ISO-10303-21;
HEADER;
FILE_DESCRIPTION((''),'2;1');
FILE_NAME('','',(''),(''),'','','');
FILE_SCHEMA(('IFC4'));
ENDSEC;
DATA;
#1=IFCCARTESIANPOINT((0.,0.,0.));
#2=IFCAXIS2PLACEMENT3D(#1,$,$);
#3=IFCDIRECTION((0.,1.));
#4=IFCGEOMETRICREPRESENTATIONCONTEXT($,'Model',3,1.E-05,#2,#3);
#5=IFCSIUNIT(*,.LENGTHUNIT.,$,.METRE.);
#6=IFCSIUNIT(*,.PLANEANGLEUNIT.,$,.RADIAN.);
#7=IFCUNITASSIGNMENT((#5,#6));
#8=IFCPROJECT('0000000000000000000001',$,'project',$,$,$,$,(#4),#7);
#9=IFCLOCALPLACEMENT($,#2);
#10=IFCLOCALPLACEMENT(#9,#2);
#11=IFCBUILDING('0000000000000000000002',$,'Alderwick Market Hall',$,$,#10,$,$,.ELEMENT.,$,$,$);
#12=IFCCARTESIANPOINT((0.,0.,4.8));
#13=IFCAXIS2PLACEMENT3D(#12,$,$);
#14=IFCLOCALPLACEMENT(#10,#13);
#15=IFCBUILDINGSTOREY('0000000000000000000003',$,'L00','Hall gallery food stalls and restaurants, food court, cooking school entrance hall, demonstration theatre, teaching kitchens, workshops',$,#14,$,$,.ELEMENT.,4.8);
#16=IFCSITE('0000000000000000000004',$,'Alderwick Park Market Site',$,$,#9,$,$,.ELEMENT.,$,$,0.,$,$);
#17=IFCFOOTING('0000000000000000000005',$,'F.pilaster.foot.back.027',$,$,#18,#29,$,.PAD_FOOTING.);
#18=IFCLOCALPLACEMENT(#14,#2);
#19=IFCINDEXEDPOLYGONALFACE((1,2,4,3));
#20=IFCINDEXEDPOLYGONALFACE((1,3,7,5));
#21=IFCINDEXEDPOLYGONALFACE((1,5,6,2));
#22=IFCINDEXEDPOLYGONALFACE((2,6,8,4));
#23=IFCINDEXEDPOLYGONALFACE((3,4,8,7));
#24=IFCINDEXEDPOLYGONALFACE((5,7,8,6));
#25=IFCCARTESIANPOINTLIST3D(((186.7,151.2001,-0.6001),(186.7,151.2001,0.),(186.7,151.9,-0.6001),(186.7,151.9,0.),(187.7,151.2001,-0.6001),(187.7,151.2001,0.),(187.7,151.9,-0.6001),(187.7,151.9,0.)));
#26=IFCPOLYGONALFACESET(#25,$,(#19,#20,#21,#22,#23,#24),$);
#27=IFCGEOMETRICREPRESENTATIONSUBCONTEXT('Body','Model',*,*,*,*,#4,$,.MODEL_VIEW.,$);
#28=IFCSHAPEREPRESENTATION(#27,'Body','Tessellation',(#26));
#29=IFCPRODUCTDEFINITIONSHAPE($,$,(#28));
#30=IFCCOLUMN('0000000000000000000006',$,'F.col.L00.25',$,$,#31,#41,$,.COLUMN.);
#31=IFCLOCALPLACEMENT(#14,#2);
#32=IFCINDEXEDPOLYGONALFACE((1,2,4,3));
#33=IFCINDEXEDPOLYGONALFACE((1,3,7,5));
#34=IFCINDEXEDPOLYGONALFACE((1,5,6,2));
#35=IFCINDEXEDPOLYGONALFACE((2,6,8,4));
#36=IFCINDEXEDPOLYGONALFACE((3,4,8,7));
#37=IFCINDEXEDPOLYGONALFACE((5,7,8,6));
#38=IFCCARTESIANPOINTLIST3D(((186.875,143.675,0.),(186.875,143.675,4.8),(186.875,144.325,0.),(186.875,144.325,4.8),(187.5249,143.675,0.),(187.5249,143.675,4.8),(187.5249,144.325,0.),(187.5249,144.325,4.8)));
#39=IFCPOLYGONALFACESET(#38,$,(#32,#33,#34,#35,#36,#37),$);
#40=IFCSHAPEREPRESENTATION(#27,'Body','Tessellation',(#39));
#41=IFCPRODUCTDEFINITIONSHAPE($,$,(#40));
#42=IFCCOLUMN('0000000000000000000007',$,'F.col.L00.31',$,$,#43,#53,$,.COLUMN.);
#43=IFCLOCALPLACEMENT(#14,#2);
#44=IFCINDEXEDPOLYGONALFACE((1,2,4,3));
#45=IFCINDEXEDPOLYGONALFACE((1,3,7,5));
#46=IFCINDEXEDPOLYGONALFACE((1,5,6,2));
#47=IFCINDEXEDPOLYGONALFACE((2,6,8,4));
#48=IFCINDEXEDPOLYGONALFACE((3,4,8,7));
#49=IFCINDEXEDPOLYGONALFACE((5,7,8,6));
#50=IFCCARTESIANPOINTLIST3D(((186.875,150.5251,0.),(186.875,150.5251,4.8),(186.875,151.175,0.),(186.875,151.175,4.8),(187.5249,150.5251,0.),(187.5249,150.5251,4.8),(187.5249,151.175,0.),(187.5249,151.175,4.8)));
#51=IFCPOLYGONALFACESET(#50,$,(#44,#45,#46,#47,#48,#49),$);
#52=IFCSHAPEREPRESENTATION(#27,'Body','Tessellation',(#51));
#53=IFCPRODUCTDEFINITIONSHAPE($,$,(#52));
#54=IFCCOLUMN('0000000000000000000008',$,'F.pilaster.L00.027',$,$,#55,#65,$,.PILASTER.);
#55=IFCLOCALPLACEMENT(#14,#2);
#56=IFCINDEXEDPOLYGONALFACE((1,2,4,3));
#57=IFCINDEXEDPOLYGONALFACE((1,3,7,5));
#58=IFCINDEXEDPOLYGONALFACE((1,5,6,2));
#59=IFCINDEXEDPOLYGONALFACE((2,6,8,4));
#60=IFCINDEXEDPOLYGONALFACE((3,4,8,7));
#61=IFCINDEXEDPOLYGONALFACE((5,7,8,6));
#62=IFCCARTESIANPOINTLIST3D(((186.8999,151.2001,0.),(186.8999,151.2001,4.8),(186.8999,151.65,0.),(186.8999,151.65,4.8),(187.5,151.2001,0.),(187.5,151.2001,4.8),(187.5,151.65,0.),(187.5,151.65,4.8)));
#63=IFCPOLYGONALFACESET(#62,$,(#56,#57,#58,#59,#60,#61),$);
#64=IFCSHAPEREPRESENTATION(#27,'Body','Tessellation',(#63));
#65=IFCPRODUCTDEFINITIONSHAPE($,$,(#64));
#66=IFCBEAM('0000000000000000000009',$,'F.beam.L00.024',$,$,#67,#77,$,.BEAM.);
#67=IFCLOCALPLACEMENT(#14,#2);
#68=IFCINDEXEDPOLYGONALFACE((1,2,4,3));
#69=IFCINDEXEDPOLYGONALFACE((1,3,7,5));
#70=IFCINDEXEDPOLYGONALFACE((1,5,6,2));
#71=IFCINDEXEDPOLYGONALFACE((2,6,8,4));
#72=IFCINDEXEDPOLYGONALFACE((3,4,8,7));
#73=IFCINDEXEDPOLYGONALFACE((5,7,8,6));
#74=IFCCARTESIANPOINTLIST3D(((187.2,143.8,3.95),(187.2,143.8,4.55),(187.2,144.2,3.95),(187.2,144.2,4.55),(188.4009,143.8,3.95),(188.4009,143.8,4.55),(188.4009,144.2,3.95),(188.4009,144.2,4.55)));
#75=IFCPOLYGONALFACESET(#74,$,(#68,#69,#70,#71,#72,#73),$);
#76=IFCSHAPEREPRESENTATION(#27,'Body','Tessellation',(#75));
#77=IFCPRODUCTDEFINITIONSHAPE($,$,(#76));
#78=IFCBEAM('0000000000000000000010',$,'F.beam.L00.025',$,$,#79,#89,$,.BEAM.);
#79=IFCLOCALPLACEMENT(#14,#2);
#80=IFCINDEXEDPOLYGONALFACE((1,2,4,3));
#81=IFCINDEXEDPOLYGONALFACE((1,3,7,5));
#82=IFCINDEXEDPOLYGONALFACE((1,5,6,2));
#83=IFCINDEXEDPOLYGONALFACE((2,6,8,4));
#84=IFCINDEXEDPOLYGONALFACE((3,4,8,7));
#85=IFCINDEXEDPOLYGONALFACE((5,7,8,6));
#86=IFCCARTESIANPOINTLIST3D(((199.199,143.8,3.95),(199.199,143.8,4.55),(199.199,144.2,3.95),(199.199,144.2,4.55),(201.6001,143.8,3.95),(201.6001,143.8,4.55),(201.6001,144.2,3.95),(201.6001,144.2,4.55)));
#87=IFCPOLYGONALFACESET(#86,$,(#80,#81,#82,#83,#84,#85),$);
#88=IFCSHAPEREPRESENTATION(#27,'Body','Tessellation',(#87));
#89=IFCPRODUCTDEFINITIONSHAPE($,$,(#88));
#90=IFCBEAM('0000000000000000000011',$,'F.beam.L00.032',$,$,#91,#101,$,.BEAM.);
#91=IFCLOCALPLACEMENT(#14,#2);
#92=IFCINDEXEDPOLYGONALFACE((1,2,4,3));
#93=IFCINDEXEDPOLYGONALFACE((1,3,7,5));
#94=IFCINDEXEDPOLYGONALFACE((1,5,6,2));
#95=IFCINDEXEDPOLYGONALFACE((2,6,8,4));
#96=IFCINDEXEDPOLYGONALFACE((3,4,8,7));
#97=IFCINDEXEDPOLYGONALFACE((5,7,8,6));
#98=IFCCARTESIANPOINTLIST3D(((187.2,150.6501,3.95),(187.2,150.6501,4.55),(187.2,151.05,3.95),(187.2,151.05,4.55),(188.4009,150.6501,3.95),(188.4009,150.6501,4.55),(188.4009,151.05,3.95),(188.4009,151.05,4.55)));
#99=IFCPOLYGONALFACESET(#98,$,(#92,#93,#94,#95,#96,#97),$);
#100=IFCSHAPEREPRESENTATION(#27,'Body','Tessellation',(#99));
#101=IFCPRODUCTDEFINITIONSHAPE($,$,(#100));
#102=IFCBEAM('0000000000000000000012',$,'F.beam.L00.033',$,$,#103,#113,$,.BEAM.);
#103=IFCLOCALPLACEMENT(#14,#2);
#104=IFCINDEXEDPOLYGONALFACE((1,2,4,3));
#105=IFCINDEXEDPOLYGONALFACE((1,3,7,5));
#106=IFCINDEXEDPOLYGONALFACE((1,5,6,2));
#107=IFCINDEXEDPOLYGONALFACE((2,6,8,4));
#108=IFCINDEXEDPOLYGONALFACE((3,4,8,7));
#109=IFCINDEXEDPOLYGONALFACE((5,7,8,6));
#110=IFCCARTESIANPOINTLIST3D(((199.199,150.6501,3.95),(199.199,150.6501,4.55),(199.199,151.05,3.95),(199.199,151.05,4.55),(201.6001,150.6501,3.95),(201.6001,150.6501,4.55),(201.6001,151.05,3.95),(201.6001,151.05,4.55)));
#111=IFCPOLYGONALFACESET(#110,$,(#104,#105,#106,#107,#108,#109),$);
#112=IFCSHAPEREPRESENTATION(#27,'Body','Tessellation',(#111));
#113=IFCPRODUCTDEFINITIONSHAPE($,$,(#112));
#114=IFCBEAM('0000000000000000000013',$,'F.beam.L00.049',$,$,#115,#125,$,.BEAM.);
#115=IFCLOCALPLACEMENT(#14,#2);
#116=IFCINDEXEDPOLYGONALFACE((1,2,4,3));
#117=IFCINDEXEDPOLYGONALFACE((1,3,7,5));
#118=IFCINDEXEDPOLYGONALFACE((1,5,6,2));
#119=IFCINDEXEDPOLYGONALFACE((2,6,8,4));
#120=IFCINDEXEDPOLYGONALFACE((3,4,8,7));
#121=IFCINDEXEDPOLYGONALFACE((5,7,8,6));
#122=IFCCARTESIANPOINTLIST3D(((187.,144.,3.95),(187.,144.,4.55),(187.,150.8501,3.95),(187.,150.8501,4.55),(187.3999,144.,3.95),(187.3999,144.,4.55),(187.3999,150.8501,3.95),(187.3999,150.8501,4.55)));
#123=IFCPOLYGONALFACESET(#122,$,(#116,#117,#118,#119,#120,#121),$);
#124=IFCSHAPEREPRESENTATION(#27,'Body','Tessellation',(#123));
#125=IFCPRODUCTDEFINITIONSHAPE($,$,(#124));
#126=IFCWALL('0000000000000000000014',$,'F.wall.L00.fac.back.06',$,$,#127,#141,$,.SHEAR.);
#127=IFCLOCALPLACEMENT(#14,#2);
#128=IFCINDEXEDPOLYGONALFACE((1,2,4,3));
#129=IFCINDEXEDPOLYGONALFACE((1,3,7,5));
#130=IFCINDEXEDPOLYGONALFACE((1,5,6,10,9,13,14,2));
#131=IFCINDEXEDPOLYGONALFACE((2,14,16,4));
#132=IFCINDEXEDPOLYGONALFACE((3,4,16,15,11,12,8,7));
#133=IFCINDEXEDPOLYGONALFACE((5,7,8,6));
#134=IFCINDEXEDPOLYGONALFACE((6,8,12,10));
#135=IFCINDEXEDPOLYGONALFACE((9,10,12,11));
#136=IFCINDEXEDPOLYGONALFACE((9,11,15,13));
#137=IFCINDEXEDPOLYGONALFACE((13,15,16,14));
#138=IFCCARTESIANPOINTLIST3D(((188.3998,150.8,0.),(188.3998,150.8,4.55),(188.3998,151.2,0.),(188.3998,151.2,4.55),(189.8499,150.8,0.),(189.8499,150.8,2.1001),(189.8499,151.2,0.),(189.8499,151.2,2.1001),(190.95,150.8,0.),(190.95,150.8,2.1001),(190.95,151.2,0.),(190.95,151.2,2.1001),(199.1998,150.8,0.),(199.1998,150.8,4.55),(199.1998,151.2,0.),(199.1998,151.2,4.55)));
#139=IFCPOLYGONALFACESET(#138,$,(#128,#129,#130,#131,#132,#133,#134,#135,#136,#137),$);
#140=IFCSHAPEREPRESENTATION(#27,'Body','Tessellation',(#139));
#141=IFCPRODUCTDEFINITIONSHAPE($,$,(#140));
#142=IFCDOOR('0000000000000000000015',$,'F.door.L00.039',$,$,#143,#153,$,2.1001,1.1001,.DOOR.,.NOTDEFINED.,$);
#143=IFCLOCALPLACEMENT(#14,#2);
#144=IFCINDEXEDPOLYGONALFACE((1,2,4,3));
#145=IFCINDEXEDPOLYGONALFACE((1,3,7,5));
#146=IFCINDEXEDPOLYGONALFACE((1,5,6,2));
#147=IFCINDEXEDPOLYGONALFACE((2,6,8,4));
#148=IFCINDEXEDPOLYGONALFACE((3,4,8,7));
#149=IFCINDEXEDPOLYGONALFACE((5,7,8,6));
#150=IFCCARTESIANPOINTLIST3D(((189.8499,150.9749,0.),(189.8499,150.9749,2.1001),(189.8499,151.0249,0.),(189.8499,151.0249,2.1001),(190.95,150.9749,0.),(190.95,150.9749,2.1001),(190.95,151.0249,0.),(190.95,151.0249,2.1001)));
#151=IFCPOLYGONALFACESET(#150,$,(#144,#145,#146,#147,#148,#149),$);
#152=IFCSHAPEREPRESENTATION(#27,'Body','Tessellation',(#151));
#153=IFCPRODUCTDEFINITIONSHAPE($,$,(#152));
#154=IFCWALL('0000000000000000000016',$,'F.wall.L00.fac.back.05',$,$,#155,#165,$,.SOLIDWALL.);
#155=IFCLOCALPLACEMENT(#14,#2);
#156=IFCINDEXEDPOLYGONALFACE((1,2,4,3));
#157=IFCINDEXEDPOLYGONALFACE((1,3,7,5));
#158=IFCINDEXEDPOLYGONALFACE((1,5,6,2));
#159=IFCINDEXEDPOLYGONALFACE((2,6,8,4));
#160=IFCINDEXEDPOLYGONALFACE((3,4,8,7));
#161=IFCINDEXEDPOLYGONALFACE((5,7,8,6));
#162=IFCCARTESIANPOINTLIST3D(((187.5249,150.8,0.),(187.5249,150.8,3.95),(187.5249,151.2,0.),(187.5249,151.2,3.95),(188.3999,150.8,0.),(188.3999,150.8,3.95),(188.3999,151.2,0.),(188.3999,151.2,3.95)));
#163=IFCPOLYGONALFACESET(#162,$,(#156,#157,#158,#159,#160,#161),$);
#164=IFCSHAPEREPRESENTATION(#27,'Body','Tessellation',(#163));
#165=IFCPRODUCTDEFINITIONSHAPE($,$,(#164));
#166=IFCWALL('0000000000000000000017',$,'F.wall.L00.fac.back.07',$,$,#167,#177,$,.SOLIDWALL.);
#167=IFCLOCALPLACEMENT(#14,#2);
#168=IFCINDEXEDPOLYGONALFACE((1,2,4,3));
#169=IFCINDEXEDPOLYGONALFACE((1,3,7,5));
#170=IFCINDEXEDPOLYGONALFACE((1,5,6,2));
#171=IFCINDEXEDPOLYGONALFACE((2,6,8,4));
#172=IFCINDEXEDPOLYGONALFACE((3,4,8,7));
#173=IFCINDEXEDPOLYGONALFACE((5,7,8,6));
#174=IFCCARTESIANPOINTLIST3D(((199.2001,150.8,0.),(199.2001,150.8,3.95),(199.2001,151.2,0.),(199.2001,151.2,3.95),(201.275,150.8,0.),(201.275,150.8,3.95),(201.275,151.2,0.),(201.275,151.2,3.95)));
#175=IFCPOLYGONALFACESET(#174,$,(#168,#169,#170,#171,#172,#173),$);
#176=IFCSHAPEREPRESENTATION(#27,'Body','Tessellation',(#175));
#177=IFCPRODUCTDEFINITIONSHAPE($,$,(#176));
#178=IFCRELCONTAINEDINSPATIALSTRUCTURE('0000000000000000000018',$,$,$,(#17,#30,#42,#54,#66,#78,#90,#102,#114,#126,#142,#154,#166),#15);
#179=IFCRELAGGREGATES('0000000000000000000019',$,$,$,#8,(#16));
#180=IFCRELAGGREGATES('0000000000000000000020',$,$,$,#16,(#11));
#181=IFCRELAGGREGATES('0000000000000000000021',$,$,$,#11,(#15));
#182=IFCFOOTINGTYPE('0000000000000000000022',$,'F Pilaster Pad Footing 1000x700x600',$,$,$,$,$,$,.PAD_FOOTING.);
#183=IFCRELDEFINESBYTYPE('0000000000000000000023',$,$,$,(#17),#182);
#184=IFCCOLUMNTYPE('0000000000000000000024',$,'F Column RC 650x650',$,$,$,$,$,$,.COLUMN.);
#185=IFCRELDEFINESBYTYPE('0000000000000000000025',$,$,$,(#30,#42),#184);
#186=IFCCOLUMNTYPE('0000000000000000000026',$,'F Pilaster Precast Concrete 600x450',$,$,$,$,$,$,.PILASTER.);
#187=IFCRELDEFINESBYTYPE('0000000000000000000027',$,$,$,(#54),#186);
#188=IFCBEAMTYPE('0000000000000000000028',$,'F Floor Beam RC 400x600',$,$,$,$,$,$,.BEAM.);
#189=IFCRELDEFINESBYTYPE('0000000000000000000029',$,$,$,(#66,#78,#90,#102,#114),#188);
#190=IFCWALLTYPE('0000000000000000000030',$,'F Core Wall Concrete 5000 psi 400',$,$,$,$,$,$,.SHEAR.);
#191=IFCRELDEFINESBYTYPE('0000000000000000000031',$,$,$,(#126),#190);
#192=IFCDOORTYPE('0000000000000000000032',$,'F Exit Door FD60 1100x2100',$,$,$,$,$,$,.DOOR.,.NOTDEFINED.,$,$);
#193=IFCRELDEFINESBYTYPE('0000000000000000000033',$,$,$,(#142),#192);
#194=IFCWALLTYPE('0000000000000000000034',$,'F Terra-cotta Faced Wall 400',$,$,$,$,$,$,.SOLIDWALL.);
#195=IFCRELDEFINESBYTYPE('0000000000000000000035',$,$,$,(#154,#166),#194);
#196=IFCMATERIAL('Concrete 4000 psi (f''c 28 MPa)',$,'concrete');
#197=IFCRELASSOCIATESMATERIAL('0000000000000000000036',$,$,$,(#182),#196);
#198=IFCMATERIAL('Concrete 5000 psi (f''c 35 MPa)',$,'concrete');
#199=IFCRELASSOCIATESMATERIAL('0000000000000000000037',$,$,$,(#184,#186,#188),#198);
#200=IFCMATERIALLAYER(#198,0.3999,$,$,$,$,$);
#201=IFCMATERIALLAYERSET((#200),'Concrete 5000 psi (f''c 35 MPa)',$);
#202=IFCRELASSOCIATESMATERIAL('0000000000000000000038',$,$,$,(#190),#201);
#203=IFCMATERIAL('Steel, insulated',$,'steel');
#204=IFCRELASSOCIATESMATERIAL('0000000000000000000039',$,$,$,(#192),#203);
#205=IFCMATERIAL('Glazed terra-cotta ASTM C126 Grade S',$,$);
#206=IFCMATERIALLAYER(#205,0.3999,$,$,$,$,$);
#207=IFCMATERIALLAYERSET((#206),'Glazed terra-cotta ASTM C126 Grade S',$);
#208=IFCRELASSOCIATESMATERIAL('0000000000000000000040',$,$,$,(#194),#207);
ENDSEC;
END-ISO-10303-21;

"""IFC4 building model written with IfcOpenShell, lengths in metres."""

from ifc_helpers import new_model, si_unit, direction, frame, frame_2d, origin, origin_2d, place, context, subcontext, project, spatial, rectangle, extrude, material, layer, layer_set, material_profile, profile_set, type_object, element, fill, save


model = new_model("IFC4")

# Units and contexts
model_context = context("Model", 3, precision=1e-05, world=origin(), true_north=direction((0.0, 1.0)))
body_context = subcontext(model_context, "Body", "Model", "MODEL_VIEW")
ifc_project = project(units=[si_unit("LENGTHUNIT", "METRE"), si_unit("PLANEANGLEUNIT", "RADIAN")], contexts=[model_context])

# Site, building, storey
site_placement = place(None, origin())
site = spatial("IfcSite", under=ifc_project, at=site_placement, Name="Alderwick Park Market Site", CompositionType="ELEMENT", RefElevation=0.0)
building_placement = place(site_placement, origin())
building = spatial("IfcBuilding", under=site, at=building_placement, Name="Alderwick Market Hall", CompositionType="ELEMENT")
storey_placement = place(building_placement, frame((0.0, 0.0, 4.8)))
storey = spatial("IfcBuildingStorey", under=building, at=storey_placement, Name="L00", Description="Hall gallery food stalls and restaurants, food court, cooking school entrance hall, demonstration theatre, teaching kitchens, workshops", CompositionType="ELEMENT", Elevation=4.8)

# Footing
ifc_material_1 = material(Name="Concrete 4000 psi (f'c 28 MPa)", Category="concrete")
footing_type = type_object("IfcFootingType", Name="F Pilaster Pad Footing 1000x700x600", PredefinedType="PAD_FOOTING", material=ifc_material_1)
footing_placement = place(storey_placement, frame((187.2, 151.55, -0.6001), z_axis=(0.0, 0.0, 1.0), x_axis=(1.0, 0.0, 0.0)))
element("IfcFooting", 1, at=footing_placement, inside=storey, type_object=footing_type, Name="F.pilaster.foot.back.027", PredefinedType="PAD_FOOTING", context=body_context, shape_type="SweptSolid", body=[
    extrude(rectangle(XDim=1.0, YDim=0.7, at=origin_2d()), origin(), (0.0, 0.0, 1.0), 0.6001),
])

# Columns
ifc_material_2 = material(Name="Concrete 5000 psi (f'c 35 MPa)", Category="concrete")
ifc_material_profile_1 = material_profile(ifc_material_2, rectangle(XDim=0.6499, YDim=0.6499, at=origin_2d()), Name="RC 650x650")
ifc_profile_set_1 = profile_set([ifc_material_profile_1], Name="Concrete 5000 psi (f'c 35 MPa)")
column_type_1 = type_object("IfcColumnType", Name="F Column RC 650x650", PredefinedType="COLUMN", material=ifc_profile_set_1)
for number, where, z_axis, x_axis, name in (
    (2, (187.2, 144.0, 0.0), (0.0, 0.0, 1.0), (1.0, 0.0, 0.0), "F.col.L00.25"),
    (3, (187.2, 150.8501, 0.0), (0.0, 0.0, 1.0), (1.0, 0.0, 0.0), "F.col.L00.31"),
):
    element("IfcColumn", number, at=place(storey_placement, frame(where, z_axis=z_axis, x_axis=x_axis)), inside=storey, type_object=column_type_1, Name=name, PredefinedType="COLUMN", context=body_context, shape_type="SweptSolid", body=[
        extrude(rectangle(XDim=0.6499, YDim=0.6499, at=origin_2d()), origin(), (0.0, 0.0, 1.0), 4.8),
    ])
ifc_material_profile_2 = material_profile(ifc_material_2, rectangle(XDim=0.6001, YDim=0.45, at=origin_2d()), Name="PC 600x450")
ifc_profile_set_2 = profile_set([ifc_material_profile_2], Name="Concrete 5000 psi (f'c 35 MPa)")
column_type_2 = type_object("IfcColumnType", Name="F Pilaster Precast Concrete 600x450", PredefinedType="PILASTER", material=ifc_profile_set_2)
column_placement = place(storey_placement, frame((187.2, 151.425, 0.0), z_axis=(0.0, 0.0, 1.0), x_axis=(1.0, 0.0, 0.0)))
element("IfcColumn", 4, at=column_placement, inside=storey, type_object=column_type_2, Name="F.pilaster.L00.027", PredefinedType="PILASTER", context=body_context, shape_type="SweptSolid", body=[
    extrude(rectangle(XDim=0.6001, YDim=0.45, at=origin_2d()), origin(), (0.0, 0.0, 1.0), 4.8),
])

# Beams
ifc_material_profile_3 = material_profile(ifc_material_2, rectangle(XDim=0.3999, YDim=0.6001, at=origin_2d()), Name="RC 400x600")
ifc_profile_set_3 = profile_set([ifc_material_profile_3], Name="Concrete 5000 psi (f'c 35 MPa)")
beam_type = type_object("IfcBeamType", Name="F Floor Beam RC 400x600", PredefinedType="BEAM", material=ifc_profile_set_3)
beam_1_placement = place(storey_placement, frame((187.2, 144.0, 4.25), z_axis=(1.0, 0.0, 0.0), x_axis=(0.0, 1.0, 0.0)))
element("IfcBeam", 5, at=beam_1_placement, inside=storey, type_object=beam_type, Name="F.beam.L00.024", PredefinedType="BEAM", context=body_context, shape_type="SweptSolid", body=[
    extrude(rectangle(XDim=0.3999, YDim=0.6001, at=origin_2d()), origin(), (0.0, 0.0, 1.0), 1.2009),
])
beam_2_placement = place(storey_placement, frame((199.199, 144.0, 4.25), z_axis=(1.0, 0.0, 0.0), x_axis=(0.0, 1.0, 0.0)))
element("IfcBeam", 6, at=beam_2_placement, inside=storey, type_object=beam_type, Name="F.beam.L00.025", PredefinedType="BEAM", context=body_context, shape_type="SweptSolid", body=[
    extrude(rectangle(XDim=0.3999, YDim=0.6001, at=origin_2d()), origin(), (0.0, 0.0, 1.0), 2.4011),
])
beam_3_placement = place(storey_placement, frame((187.2, 150.8501, 4.25), z_axis=(1.0, 0.0, 0.0), x_axis=(0.0, 1.0, 0.0)))
element("IfcBeam", 7, at=beam_3_placement, inside=storey, type_object=beam_type, Name="F.beam.L00.032", PredefinedType="BEAM", context=body_context, shape_type="SweptSolid", body=[
    extrude(rectangle(XDim=0.3999, YDim=0.6001, at=origin_2d()), origin(), (0.0, 0.0, 1.0), 1.2009),
])
beam_4_placement = place(storey_placement, frame((199.199, 150.8501, 4.25), z_axis=(1.0, 0.0, 0.0), x_axis=(0.0, 1.0, 0.0)))
element("IfcBeam", 8, at=beam_4_placement, inside=storey, type_object=beam_type, Name="F.beam.L00.033", PredefinedType="BEAM", context=body_context, shape_type="SweptSolid", body=[
    extrude(rectangle(XDim=0.3999, YDim=0.6001, at=origin_2d()), origin(), (0.0, 0.0, 1.0), 2.4011),
])
beam_5_placement = place(storey_placement, frame((187.2, 144.0, 4.25), z_axis=(0.0, 1.0, 0.0), x_axis=(-1.0, 0.0, 0.0)))
element("IfcBeam", 9, at=beam_5_placement, inside=storey, type_object=beam_type, Name="F.beam.L00.049", PredefinedType="BEAM", context=body_context, shape_type="SweptSolid", body=[
    extrude(rectangle(XDim=0.3999, YDim=0.6001, at=origin_2d()), origin(), (0.0, 0.0, 1.0), 6.8501),
])

# Wall, opening, door
ifc_layer_1 = layer(ifc_material_2, 0.3999)
ifc_layer_set_1 = layer_set([ifc_layer_1], Name="Concrete 5000 psi (f'c 35 MPa)")
wall_type_1 = type_object("IfcWallType", Name="F Core Wall Concrete 5000 psi 400", PredefinedType="SHEAR", material=ifc_layer_set_1)
wall_1_placement = place(storey_placement, frame((188.3999, 151.0, 0.0), z_axis=(0.0, 0.0, 1.0), x_axis=(1.0, 0.0, 0.0)))
wall_1 = element("IfcWall", 10, at=wall_1_placement, inside=storey, type_object=wall_type_1, Name="F.wall.L00.fac.back.06", PredefinedType="SHEAR", context=body_context, shape_type="SweptSolid", body=[
    extrude(rectangle(XDim=10.8, YDim=0.3999, at=frame_2d((5.3999, 0.0))), origin(), (0.0, 0.0, 1.0), 4.55),
])
opening_placement = place(wall_1_placement, frame((1.45, 0.0, 0.0)))
opening = element("IfcOpeningElement", 11, at=opening_placement, cuts=wall_1, PredefinedType="OPENING", context=body_context, shape_type="SweptSolid", body=[
    extrude(rectangle(XDim=1.1001, YDim=2.1001, at=frame_2d((0.55, 1.05))), frame((0.0, 0.21, 0.0), z_axis=(0.0, -1.0, 0.0), x_axis=(1.0, 0.0, 0.0)), (0.0, 0.0, 1.0), 0.4199),
])
ifc_material_3 = material(Name="Steel, insulated", Category="steel")
door_type = type_object("IfcDoorType", Name="F Exit Door FD60 1100x2100", OperationType="NOTDEFINED", PredefinedType="DOOR", material=ifc_material_3)
door_placement = place(opening_placement, origin())
door = element("IfcDoor", 12, at=door_placement, inside=storey, type_object=door_type, Name="F.door.L00.039", OperationType="NOTDEFINED", OverallHeight=2.1001, OverallWidth=1.1001, PredefinedType="DOOR", context=body_context, shape_type="SweptSolid", body=[
    extrude(rectangle(XDim=1.1001, YDim=2.1001, at=frame_2d((0.55, 1.05))), frame((0.0, 0.0249, 0.0), z_axis=(0.0, -1.0, 0.0), x_axis=(1.0, 0.0, 0.0)), (0.0, 0.0, 1.0), 0.05),
])
fill(opening, door)

# Walls
ifc_material_4 = material(Name="Glazed terra-cotta ASTM C126 Grade S")
ifc_layer_2 = layer(ifc_material_4, 0.3999)
ifc_layer_set_2 = layer_set([ifc_layer_2], Name="Glazed terra-cotta ASTM C126 Grade S")
wall_type_2 = type_object("IfcWallType", Name="F Terra-cotta Faced Wall 400", PredefinedType="SOLIDWALL", material=ifc_layer_set_2)
wall_2_placement = place(storey_placement, frame((187.5249, 151.0, 0.0), z_axis=(0.0, 0.0, 1.0), x_axis=(1.0, 0.0, 0.0)))
element("IfcWall", 13, at=wall_2_placement, inside=storey, type_object=wall_type_2, Name="F.wall.L00.fac.back.05", PredefinedType="SOLIDWALL", context=body_context, shape_type="SweptSolid", body=[
    extrude(rectangle(XDim=0.875, YDim=0.3999, at=frame_2d((0.4375, 0.0))), origin(), (0.0, 0.0, 1.0), 3.95),
])
wall_3_placement = place(storey_placement, frame((199.2, 151.0, 0.0), z_axis=(0.0, 0.0, 1.0), x_axis=(1.0, 0.0, 0.0)))
element("IfcWall", 14, at=wall_3_placement, inside=storey, type_object=wall_type_2, Name="F.wall.L00.fac.back.07", PredefinedType="SOLIDWALL", context=body_context, shape_type="SweptSolid", body=[
    extrude(rectangle(XDim=2.075, YDim=0.3999, at=frame_2d((1.0376, 0.0))), origin(), (0.0, 0.0, 1.0), 3.95),
])

save(model, "model.ifc")
